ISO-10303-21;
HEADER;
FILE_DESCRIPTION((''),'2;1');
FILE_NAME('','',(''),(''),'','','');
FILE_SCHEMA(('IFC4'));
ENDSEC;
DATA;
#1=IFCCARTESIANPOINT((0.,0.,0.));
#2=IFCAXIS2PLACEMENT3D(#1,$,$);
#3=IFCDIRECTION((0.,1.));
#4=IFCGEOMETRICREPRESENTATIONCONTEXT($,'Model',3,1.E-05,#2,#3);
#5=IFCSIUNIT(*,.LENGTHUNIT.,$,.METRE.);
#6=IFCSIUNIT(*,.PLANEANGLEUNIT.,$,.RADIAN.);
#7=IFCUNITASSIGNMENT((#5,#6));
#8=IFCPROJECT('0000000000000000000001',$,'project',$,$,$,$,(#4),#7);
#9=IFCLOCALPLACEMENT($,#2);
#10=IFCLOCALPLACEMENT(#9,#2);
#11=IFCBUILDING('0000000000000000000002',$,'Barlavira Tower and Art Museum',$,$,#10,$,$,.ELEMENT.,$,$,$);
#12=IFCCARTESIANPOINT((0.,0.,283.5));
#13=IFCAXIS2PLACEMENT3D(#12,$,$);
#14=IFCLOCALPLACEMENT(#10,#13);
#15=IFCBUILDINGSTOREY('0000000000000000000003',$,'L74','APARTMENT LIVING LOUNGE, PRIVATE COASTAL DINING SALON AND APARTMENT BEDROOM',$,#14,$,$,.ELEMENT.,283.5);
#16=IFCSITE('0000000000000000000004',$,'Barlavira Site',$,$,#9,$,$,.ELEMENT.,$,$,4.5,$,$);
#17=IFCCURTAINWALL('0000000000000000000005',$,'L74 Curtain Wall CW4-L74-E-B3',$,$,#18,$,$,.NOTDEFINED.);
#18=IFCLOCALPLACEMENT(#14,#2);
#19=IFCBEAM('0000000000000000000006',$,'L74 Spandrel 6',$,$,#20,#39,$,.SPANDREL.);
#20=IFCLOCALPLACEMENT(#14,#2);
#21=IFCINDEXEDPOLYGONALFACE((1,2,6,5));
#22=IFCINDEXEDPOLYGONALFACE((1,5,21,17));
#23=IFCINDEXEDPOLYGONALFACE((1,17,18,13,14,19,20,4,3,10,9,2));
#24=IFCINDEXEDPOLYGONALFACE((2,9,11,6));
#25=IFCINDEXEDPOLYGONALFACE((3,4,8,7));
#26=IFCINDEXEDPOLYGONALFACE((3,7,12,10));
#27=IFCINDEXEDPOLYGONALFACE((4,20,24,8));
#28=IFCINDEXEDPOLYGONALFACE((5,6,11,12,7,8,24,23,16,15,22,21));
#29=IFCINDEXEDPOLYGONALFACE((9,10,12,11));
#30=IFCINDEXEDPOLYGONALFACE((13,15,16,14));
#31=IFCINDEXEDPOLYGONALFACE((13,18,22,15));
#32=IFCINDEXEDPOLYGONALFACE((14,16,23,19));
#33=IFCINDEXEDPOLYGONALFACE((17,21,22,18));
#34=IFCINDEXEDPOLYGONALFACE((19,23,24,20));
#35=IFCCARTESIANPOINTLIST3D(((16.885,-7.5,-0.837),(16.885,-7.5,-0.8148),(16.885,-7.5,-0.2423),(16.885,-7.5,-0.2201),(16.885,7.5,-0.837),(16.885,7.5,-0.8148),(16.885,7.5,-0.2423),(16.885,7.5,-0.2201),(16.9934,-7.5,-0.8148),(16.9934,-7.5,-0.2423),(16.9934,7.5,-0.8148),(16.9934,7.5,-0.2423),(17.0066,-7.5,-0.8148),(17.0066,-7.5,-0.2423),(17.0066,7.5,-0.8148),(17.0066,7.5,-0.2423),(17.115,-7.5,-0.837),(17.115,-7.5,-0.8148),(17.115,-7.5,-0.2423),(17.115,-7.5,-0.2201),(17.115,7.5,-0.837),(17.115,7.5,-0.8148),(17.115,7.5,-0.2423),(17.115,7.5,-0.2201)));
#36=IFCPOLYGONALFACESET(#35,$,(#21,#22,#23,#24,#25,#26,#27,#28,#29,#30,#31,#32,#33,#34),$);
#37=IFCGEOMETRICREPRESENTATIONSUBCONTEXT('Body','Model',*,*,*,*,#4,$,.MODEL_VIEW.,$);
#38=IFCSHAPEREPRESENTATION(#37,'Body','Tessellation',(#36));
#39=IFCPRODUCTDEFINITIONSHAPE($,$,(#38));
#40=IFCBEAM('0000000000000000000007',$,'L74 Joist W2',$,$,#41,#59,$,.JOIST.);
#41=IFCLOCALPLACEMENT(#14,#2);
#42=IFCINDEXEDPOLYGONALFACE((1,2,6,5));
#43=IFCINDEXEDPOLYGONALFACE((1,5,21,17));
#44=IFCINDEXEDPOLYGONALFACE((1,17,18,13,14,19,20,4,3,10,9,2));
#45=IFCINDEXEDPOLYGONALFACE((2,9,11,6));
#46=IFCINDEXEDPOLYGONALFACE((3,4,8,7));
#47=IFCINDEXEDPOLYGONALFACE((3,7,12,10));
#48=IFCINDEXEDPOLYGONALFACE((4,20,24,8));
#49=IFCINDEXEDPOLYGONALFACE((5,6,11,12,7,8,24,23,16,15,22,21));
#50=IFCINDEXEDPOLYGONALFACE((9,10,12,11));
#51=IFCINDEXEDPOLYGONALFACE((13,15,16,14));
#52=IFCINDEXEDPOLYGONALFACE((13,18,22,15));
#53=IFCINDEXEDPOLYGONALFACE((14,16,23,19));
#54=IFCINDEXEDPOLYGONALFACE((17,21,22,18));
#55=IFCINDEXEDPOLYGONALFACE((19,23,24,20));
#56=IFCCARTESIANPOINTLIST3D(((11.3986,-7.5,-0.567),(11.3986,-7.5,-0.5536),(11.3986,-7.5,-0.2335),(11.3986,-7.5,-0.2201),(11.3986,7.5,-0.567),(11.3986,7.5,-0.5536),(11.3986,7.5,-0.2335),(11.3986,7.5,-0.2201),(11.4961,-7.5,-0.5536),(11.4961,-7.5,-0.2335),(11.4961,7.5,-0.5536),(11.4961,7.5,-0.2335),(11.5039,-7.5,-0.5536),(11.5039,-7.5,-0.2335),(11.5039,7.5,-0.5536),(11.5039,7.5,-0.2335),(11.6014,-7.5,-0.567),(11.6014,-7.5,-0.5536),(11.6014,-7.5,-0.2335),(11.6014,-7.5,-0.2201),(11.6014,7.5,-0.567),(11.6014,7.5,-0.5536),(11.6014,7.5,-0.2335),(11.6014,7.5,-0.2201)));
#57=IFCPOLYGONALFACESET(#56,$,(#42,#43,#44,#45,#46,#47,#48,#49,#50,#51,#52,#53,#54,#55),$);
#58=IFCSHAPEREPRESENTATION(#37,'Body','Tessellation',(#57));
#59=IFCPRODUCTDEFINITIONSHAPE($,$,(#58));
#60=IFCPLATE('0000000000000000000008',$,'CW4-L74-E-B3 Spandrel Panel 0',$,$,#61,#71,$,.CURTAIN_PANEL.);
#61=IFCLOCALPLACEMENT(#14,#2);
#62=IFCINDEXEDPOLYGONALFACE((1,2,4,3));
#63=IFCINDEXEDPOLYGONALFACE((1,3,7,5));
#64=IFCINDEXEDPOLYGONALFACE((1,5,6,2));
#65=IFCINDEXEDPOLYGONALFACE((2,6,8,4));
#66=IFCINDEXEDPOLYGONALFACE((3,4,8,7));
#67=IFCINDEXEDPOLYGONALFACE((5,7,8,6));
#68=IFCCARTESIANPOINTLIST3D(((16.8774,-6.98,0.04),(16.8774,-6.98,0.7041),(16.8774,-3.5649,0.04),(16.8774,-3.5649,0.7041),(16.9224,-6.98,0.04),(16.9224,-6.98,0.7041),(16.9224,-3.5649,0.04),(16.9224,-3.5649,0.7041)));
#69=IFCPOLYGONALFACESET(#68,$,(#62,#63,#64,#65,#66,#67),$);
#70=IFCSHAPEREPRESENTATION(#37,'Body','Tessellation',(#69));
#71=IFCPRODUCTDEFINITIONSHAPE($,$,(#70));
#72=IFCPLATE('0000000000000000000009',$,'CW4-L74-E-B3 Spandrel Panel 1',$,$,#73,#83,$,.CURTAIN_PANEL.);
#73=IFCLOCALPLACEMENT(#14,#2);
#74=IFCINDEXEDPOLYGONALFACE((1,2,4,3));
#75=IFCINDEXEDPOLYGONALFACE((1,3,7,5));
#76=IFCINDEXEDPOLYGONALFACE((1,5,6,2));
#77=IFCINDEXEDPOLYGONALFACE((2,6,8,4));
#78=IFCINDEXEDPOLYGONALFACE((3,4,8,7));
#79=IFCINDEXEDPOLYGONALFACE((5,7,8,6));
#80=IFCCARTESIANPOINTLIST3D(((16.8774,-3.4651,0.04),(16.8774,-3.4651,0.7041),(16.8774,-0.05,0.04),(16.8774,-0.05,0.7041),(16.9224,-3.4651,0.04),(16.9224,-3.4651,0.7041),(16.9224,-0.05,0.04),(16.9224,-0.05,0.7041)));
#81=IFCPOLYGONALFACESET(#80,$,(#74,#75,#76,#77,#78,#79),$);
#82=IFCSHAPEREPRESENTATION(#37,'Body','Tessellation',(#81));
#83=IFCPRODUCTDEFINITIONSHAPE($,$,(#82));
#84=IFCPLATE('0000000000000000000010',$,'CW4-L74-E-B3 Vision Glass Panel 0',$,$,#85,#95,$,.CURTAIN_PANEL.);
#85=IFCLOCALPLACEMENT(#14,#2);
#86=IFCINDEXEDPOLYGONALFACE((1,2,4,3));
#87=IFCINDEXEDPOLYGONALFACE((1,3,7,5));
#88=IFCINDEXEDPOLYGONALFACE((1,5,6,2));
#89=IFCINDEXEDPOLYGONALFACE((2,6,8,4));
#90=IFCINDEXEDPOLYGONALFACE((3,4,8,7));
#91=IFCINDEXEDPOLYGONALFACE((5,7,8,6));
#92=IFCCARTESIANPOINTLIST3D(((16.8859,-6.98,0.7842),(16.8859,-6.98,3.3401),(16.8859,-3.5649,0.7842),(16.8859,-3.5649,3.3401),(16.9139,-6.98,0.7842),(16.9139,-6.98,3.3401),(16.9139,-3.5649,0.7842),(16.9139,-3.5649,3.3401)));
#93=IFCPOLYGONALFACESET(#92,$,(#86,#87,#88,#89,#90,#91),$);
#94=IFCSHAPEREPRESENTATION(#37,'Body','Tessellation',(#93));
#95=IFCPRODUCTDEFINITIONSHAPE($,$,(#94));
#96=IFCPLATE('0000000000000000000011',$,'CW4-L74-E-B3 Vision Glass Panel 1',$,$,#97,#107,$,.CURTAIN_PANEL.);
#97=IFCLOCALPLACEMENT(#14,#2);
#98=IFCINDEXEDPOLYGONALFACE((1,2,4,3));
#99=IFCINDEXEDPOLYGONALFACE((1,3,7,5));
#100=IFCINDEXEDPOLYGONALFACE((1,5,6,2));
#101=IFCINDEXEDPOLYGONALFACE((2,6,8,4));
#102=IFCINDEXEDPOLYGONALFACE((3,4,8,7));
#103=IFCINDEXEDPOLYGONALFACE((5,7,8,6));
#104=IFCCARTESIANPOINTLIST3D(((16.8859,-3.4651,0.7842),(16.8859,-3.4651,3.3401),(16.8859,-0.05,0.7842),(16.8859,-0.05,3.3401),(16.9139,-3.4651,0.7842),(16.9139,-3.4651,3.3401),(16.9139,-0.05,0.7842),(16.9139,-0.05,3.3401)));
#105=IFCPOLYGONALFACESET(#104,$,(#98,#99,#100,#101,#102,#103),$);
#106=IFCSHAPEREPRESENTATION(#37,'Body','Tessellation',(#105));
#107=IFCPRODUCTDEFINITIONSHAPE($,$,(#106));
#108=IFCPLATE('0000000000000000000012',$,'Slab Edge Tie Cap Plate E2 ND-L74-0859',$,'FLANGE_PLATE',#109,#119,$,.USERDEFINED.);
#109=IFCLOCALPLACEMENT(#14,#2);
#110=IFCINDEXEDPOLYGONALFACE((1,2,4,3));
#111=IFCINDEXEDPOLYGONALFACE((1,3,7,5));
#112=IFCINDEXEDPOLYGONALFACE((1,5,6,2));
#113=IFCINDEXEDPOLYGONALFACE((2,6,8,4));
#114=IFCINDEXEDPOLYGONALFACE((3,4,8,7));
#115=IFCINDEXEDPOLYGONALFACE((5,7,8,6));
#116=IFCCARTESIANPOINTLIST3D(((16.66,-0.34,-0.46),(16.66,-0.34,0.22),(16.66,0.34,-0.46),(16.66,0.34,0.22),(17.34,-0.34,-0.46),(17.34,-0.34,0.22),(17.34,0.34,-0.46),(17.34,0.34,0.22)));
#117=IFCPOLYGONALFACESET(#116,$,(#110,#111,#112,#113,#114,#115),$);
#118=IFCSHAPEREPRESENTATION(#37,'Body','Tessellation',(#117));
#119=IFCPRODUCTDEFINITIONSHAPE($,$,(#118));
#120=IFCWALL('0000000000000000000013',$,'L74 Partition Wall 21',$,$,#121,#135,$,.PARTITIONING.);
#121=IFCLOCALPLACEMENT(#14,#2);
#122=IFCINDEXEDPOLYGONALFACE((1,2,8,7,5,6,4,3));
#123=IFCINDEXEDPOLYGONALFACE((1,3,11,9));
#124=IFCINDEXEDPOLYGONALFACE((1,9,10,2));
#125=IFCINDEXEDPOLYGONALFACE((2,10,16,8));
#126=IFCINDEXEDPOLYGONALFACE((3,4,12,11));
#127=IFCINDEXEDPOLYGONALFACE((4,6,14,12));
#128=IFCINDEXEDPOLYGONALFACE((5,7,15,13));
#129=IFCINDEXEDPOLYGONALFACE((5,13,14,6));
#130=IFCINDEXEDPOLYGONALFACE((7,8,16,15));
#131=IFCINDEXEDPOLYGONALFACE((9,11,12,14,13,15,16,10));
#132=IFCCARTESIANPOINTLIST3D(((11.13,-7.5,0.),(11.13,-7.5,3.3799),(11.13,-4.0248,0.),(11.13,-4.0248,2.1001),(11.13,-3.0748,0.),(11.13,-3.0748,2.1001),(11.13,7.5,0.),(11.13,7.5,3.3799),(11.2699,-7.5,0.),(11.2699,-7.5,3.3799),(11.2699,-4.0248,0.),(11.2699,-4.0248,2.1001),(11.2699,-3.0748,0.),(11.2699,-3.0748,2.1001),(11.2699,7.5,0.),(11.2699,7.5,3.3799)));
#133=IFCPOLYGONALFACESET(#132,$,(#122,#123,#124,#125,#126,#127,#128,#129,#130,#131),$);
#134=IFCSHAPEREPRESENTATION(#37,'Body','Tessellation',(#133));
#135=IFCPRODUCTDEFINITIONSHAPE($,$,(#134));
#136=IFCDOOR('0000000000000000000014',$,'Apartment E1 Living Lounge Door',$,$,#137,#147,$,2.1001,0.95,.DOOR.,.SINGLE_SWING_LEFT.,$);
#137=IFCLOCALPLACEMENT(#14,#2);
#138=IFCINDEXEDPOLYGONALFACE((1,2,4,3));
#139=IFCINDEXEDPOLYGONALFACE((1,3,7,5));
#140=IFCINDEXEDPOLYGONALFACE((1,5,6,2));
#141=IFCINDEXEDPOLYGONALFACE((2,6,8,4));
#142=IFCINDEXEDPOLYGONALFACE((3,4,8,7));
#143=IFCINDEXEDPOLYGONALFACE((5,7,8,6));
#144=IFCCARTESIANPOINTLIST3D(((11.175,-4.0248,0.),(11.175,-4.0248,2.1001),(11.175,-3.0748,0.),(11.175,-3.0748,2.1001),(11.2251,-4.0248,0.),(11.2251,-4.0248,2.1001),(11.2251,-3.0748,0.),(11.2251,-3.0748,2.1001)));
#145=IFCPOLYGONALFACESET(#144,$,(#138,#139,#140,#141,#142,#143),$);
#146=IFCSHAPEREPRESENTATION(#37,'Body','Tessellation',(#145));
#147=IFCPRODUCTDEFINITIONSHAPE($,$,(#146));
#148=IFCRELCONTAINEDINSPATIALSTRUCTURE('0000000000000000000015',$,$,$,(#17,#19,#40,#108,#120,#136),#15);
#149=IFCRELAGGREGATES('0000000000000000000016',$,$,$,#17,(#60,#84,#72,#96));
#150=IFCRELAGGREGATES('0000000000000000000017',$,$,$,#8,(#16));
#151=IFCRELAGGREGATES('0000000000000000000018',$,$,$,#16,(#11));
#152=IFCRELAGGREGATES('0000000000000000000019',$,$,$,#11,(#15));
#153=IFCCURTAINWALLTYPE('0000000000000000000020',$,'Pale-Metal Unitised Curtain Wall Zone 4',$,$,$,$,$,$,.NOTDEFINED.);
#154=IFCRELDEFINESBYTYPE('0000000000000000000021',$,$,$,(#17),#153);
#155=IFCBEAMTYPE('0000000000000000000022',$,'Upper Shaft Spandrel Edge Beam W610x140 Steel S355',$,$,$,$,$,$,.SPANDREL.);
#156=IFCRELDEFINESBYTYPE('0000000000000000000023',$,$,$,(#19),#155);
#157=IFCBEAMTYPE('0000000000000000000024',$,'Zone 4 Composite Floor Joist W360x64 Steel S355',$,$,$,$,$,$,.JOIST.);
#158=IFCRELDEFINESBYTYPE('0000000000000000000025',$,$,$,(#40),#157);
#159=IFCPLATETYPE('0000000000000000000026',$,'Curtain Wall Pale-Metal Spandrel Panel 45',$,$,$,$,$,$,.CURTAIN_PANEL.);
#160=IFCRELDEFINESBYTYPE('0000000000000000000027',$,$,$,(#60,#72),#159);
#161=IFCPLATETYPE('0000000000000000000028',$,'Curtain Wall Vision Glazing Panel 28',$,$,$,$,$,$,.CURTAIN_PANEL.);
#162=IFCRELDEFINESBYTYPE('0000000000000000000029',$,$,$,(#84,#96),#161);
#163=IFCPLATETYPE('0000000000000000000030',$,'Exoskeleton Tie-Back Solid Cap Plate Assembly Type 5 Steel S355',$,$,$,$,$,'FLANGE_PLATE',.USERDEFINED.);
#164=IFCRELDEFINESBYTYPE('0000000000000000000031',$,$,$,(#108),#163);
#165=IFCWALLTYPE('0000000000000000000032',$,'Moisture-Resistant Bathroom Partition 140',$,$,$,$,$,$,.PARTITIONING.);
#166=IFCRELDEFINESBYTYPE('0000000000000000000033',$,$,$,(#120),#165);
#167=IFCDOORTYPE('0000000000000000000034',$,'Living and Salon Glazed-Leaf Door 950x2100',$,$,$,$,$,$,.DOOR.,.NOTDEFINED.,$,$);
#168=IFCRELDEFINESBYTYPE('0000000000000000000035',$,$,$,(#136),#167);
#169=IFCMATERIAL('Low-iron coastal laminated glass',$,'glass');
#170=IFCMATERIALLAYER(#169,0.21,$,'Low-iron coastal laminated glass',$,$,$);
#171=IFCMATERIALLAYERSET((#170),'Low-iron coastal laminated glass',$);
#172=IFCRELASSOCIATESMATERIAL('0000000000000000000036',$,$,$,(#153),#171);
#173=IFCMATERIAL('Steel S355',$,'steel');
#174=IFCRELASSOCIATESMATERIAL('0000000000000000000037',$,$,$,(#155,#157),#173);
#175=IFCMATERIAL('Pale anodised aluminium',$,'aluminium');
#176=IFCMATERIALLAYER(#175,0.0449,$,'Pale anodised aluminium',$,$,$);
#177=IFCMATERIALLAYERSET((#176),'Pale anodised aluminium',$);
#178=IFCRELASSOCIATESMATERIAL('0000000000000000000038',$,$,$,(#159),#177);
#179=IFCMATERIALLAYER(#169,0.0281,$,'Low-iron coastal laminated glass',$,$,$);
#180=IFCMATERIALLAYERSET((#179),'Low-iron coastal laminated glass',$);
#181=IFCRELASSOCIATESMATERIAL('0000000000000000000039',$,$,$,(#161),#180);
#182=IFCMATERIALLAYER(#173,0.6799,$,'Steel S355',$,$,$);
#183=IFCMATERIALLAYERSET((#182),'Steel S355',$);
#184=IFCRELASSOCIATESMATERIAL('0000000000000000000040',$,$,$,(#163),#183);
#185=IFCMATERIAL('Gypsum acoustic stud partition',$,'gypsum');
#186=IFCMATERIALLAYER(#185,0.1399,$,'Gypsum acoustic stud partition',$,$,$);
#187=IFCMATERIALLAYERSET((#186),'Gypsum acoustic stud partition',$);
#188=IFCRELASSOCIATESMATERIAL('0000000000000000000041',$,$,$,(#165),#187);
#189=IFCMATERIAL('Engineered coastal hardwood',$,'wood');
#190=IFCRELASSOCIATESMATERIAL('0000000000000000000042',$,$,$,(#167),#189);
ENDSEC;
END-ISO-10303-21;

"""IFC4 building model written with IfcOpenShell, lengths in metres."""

from ifc_helpers import new_model, si_unit, direction, frame, frame_2d, origin, origin_2d, place, context, subcontext, project, spatial, rectangle, i_section, extrude, material, layer, layer_set, material_profile, profile_set, type_object, element, fill, aggregate, save


model = new_model("IFC4")

# Units and contexts
model_context = context("Model", 3, precision=1e-05, world=origin(), true_north=direction((0.0, 1.0)))
body_context = subcontext(model_context, "Body", "Model", "MODEL_VIEW")
ifc_project = project(units=[si_unit("LENGTHUNIT", "METRE"), si_unit("PLANEANGLEUNIT", "RADIAN")], contexts=[model_context])

# Site, building, storey
site_placement = place(None, origin())
site = spatial("IfcSite", under=ifc_project, at=site_placement, Name="Barlavira Site", CompositionType="ELEMENT", RefElevation=4.5)
building_placement = place(site_placement, origin())
building = spatial("IfcBuilding", under=site, at=building_placement, Name="Barlavira Tower and Art Museum", CompositionType="ELEMENT")
storey_placement = place(building_placement, frame((0.0, 0.0, 283.5)))
storey = spatial("IfcBuildingStorey", under=building, at=storey_placement, Name="L74", Description="APARTMENT LIVING LOUNGE, PRIVATE COASTAL DINING SALON AND APARTMENT BEDROOM", CompositionType="ELEMENT", Elevation=283.5)

# Curtain wall
ifc_material_1 = material(Name="Low-iron coastal laminated glass", Category="glass")
ifc_layer_1 = layer(ifc_material_1, 0.21, Name="Low-iron coastal laminated glass")
ifc_layer_set_1 = layer_set([ifc_layer_1], Name="Low-iron coastal laminated glass")
curtain_wall_type = type_object("IfcCurtainWallType", Name="Pale-Metal Unitised Curtain Wall Zone 4", PredefinedType="NOTDEFINED", material=ifc_layer_set_1)
curtain_wall_placement = place(storey_placement, origin())
curtain_wall = element("IfcCurtainWall", 1, at=curtain_wall_placement, inside=storey, type_object=curtain_wall_type, Name="L74 Curtain Wall CW4-L74-E-B3", PredefinedType="NOTDEFINED")
ifc_material_2 = material(Name="Pale anodised aluminium", Category="aluminium")

# Shared definitions
ifc_material_3 = material(Name="Steel S355", Category="steel")

# Beams
ifc_material_profile_1 = material_profile(ifc_material_3, i_section(OverallWidth=0.23, OverallDepth=0.6169, WebThickness=0.0132, FlangeThickness=0.0222, at=origin_2d()), Name="W610x140.0")
ifc_profile_set_1 = profile_set([ifc_material_profile_1], Name="Steel S355")
beam_type_1 = type_object("IfcBeamType", Name="Upper Shaft Spandrel Edge Beam W610x140 Steel S355", PredefinedType="SPANDREL", material=ifc_profile_set_1)
beam_1_placement = place(storey_placement, frame((17.0, -7.5, -0.5286), z_axis=(0.0, 1.0, 0.0), x_axis=(-1.0, 0.0, 0.0)))
element("IfcBeam", 2, at=beam_1_placement, inside=storey, type_object=beam_type_1, Name="L74 Spandrel 6", PredefinedType="SPANDREL", context=body_context, shape_type="SweptSolid", body=[
    extrude(i_section(OverallWidth=0.23, OverallDepth=0.6169, WebThickness=0.0132, FlangeThickness=0.0222, at=origin_2d()), origin(), (0.0, 0.0, 1.0), 15.0),
])
ifc_material_profile_2 = material_profile(ifc_material_3, i_section(OverallWidth=0.2029, OverallDepth=0.3469, WebThickness=0.0078, FlangeThickness=0.0134, at=origin_2d()), Name="W360x64.0")
ifc_profile_set_2 = profile_set([ifc_material_profile_2], Name="Steel S355")
beam_type_2 = type_object("IfcBeamType", Name="Zone 4 Composite Floor Joist W360x64 Steel S355", PredefinedType="JOIST", material=ifc_profile_set_2)
beam_2_placement = place(storey_placement, frame((11.5, -7.5, -0.3936), z_axis=(0.0, 1.0, 0.0), x_axis=(-1.0, 0.0, 0.0)))
element("IfcBeam", 3, at=beam_2_placement, inside=storey, type_object=beam_type_2, Name="L74 Joist W2", PredefinedType="JOIST", context=body_context, shape_type="SweptSolid", body=[
    extrude(i_section(OverallWidth=0.2029, OverallDepth=0.3469, WebThickness=0.0078, FlangeThickness=0.0134, at=origin_2d()), origin(), (0.0, 0.0, 1.0), 15.0),
])

# Plates
ifc_layer_2 = layer(ifc_material_2, 0.0449, Name="Pale anodised aluminium")
ifc_layer_set_2 = layer_set([ifc_layer_2], Name="Pale anodised aluminium")
plate_type_1 = type_object("IfcPlateType", Name="Curtain Wall Pale-Metal Spandrel Panel 45", PredefinedType="CURTAIN_PANEL", material=ifc_layer_set_2)
plate_1_placement = place(storey_placement, frame((16.8999, -5.2725, 0.04), z_axis=(0.0, 0.0, 1.0), x_axis=(0.0, 1.0, 0.0)))
plate_1 = element("IfcPlate", 4, at=plate_1_placement, type_object=plate_type_1, Name="CW4-L74-E-B3 Spandrel Panel 0", PredefinedType="CURTAIN_PANEL", context=body_context, shape_type="SweptSolid", body=[
    extrude(rectangle(XDim=3.415, YDim=0.0449, at=origin_2d()), origin(), (0.0, 0.0, 1.0), 0.6641),
])
plate_2_placement = place(storey_placement, frame((16.8999, -1.7576, 0.04), z_axis=(0.0, 0.0, 1.0), x_axis=(0.0, 1.0, 0.0)))
plate_2 = element("IfcPlate", 5, at=plate_2_placement, type_object=plate_type_1, Name="CW4-L74-E-B3 Spandrel Panel 1", PredefinedType="CURTAIN_PANEL", context=body_context, shape_type="SweptSolid", body=[
    extrude(rectangle(XDim=3.415, YDim=0.0449, at=origin_2d()), origin(), (0.0, 0.0, 1.0), 0.6641),
])
ifc_layer_3 = layer(ifc_material_1, 0.0281, Name="Low-iron coastal laminated glass")
ifc_layer_set_3 = layer_set([ifc_layer_3], Name="Low-iron coastal laminated glass")
plate_type_2 = type_object("IfcPlateType", Name="Curtain Wall Vision Glazing Panel 28", PredefinedType="CURTAIN_PANEL", material=ifc_layer_set_3)
plate_3_placement = place(storey_placement, frame((16.8999, -5.2725, 0.7842), z_axis=(0.0, 0.0, 1.0), x_axis=(0.0, 1.0, 0.0)))
plate_3 = element("IfcPlate", 6, at=plate_3_placement, type_object=plate_type_2, Name="CW4-L74-E-B3 Vision Glass Panel 0", PredefinedType="CURTAIN_PANEL", context=body_context, shape_type="SweptSolid", body=[
    extrude(rectangle(XDim=3.415, YDim=0.0281, at=origin_2d()), origin(), (0.0, 0.0, 1.0), 2.5559),
])
plate_4_placement = place(storey_placement, frame((16.8999, -1.7576, 0.7842), z_axis=(0.0, 0.0, 1.0), x_axis=(0.0, 1.0, 0.0)))
plate_4 = element("IfcPlate", 7, at=plate_4_placement, type_object=plate_type_2, Name="CW4-L74-E-B3 Vision Glass Panel 1", PredefinedType="CURTAIN_PANEL", context=body_context, shape_type="SweptSolid", body=[
    extrude(rectangle(XDim=3.415, YDim=0.0281, at=origin_2d()), origin(), (0.0, 0.0, 1.0), 2.5559),
])
aggregate(curtain_wall, [plate_1, plate_3, plate_2, plate_4])
ifc_layer_4 = layer(ifc_material_3, 0.6799, Name="Steel S355")
ifc_layer_set_4 = layer_set([ifc_layer_4], Name="Steel S355")
plate_type_3 = type_object("IfcPlateType", Name="Exoskeleton Tie-Back Solid Cap Plate Assembly Type 5 Steel S355", ElementType="FLANGE_PLATE", PredefinedType="USERDEFINED", material=ifc_layer_set_4)
plate_5_placement = place(storey_placement, frame((17.0, 0.0, -0.46), z_axis=(0.0, 0.0, 1.0), x_axis=(1.0, 0.0, 0.0)))
element("IfcPlate", 8, at=plate_5_placement, inside=storey, type_object=plate_type_3, Name="Slab Edge Tie Cap Plate E2 ND-L74-0859", ObjectType="FLANGE_PLATE", PredefinedType="USERDEFINED", context=body_context, shape_type="SweptSolid", body=[
    extrude(rectangle(XDim=0.6799, YDim=0.6799, at=origin_2d()), origin(), (0.0, 0.0, 1.0), 0.6799),
])

# Shared definitions
ifc_material_4 = material(Name="Gypsum acoustic stud partition", Category="gypsum")

# Wall, opening, door
ifc_layer_5 = layer(ifc_material_4, 0.1399, Name="Gypsum acoustic stud partition")
ifc_layer_set_5 = layer_set([ifc_layer_5], Name="Gypsum acoustic stud partition")
wall_type_1 = type_object("IfcWallType", Name="Moisture-Resistant Bathroom Partition 140", PredefinedType="PARTITIONING", material=ifc_layer_set_5)
wall_1_placement = place(storey_placement, frame((11.2, -7.5, 0.0), z_axis=(0.0, 0.0, 1.0), x_axis=(0.0, 1.0, 0.0)))
wall_1 = element("IfcWall", 9, at=wall_1_placement, inside=storey, type_object=wall_type_1, Name="L74 Partition Wall 21", PredefinedType="PARTITIONING", context=body_context, shape_type="SweptSolid", body=[
    extrude(rectangle(XDim=15.0, YDim=0.1399, at=frame_2d((7.5, 0.0))), origin(), (0.0, 0.0, 1.0), 3.3799),
])
opening_placement = place(wall_1_placement, frame((3.4751, 0.0, 0.0)))
opening = element("IfcOpeningElement", 10, at=opening_placement, cuts=wall_1, PredefinedType="OPENING", context=body_context, shape_type="SweptSolid", body=[
    extrude(rectangle(XDim=0.95, YDim=2.1001, at=frame_2d((0.4751, 1.05))), frame((0.0, 0.0801, 0.0), z_axis=(0.0, -1.0, 0.0), x_axis=(1.0, 0.0, 0.0)), (0.0, 0.0, 1.0), 0.1599),
])
ifc_material_5 = material(Name="Engineered coastal hardwood", Category="wood")
door_type = type_object("IfcDoorType", Name="Living and Salon Glazed-Leaf Door 950x2100", OperationType="NOTDEFINED", PredefinedType="DOOR", material=ifc_material_5)
door_placement = place(opening_placement, origin())
door = element("IfcDoor", 11, at=door_placement, inside=storey, type_object=door_type, Name="Apartment E1 Living Lounge Door", OperationType="SINGLE_SWING_LEFT", OverallHeight=2.1001, OverallWidth=0.95, PredefinedType="DOOR", context=body_context, shape_type="SweptSolid", body=[
    extrude(rectangle(XDim=0.95, YDim=2.1001, at=frame_2d((0.4751, 1.05))), frame((0.0, 0.0249, 0.0), z_axis=(0.0, -1.0, 0.0), x_axis=(1.0, 0.0, 0.0)), (0.0, 0.0, 1.0), 0.05),
])
fill(opening, door)

save(model, "model.ifc")
